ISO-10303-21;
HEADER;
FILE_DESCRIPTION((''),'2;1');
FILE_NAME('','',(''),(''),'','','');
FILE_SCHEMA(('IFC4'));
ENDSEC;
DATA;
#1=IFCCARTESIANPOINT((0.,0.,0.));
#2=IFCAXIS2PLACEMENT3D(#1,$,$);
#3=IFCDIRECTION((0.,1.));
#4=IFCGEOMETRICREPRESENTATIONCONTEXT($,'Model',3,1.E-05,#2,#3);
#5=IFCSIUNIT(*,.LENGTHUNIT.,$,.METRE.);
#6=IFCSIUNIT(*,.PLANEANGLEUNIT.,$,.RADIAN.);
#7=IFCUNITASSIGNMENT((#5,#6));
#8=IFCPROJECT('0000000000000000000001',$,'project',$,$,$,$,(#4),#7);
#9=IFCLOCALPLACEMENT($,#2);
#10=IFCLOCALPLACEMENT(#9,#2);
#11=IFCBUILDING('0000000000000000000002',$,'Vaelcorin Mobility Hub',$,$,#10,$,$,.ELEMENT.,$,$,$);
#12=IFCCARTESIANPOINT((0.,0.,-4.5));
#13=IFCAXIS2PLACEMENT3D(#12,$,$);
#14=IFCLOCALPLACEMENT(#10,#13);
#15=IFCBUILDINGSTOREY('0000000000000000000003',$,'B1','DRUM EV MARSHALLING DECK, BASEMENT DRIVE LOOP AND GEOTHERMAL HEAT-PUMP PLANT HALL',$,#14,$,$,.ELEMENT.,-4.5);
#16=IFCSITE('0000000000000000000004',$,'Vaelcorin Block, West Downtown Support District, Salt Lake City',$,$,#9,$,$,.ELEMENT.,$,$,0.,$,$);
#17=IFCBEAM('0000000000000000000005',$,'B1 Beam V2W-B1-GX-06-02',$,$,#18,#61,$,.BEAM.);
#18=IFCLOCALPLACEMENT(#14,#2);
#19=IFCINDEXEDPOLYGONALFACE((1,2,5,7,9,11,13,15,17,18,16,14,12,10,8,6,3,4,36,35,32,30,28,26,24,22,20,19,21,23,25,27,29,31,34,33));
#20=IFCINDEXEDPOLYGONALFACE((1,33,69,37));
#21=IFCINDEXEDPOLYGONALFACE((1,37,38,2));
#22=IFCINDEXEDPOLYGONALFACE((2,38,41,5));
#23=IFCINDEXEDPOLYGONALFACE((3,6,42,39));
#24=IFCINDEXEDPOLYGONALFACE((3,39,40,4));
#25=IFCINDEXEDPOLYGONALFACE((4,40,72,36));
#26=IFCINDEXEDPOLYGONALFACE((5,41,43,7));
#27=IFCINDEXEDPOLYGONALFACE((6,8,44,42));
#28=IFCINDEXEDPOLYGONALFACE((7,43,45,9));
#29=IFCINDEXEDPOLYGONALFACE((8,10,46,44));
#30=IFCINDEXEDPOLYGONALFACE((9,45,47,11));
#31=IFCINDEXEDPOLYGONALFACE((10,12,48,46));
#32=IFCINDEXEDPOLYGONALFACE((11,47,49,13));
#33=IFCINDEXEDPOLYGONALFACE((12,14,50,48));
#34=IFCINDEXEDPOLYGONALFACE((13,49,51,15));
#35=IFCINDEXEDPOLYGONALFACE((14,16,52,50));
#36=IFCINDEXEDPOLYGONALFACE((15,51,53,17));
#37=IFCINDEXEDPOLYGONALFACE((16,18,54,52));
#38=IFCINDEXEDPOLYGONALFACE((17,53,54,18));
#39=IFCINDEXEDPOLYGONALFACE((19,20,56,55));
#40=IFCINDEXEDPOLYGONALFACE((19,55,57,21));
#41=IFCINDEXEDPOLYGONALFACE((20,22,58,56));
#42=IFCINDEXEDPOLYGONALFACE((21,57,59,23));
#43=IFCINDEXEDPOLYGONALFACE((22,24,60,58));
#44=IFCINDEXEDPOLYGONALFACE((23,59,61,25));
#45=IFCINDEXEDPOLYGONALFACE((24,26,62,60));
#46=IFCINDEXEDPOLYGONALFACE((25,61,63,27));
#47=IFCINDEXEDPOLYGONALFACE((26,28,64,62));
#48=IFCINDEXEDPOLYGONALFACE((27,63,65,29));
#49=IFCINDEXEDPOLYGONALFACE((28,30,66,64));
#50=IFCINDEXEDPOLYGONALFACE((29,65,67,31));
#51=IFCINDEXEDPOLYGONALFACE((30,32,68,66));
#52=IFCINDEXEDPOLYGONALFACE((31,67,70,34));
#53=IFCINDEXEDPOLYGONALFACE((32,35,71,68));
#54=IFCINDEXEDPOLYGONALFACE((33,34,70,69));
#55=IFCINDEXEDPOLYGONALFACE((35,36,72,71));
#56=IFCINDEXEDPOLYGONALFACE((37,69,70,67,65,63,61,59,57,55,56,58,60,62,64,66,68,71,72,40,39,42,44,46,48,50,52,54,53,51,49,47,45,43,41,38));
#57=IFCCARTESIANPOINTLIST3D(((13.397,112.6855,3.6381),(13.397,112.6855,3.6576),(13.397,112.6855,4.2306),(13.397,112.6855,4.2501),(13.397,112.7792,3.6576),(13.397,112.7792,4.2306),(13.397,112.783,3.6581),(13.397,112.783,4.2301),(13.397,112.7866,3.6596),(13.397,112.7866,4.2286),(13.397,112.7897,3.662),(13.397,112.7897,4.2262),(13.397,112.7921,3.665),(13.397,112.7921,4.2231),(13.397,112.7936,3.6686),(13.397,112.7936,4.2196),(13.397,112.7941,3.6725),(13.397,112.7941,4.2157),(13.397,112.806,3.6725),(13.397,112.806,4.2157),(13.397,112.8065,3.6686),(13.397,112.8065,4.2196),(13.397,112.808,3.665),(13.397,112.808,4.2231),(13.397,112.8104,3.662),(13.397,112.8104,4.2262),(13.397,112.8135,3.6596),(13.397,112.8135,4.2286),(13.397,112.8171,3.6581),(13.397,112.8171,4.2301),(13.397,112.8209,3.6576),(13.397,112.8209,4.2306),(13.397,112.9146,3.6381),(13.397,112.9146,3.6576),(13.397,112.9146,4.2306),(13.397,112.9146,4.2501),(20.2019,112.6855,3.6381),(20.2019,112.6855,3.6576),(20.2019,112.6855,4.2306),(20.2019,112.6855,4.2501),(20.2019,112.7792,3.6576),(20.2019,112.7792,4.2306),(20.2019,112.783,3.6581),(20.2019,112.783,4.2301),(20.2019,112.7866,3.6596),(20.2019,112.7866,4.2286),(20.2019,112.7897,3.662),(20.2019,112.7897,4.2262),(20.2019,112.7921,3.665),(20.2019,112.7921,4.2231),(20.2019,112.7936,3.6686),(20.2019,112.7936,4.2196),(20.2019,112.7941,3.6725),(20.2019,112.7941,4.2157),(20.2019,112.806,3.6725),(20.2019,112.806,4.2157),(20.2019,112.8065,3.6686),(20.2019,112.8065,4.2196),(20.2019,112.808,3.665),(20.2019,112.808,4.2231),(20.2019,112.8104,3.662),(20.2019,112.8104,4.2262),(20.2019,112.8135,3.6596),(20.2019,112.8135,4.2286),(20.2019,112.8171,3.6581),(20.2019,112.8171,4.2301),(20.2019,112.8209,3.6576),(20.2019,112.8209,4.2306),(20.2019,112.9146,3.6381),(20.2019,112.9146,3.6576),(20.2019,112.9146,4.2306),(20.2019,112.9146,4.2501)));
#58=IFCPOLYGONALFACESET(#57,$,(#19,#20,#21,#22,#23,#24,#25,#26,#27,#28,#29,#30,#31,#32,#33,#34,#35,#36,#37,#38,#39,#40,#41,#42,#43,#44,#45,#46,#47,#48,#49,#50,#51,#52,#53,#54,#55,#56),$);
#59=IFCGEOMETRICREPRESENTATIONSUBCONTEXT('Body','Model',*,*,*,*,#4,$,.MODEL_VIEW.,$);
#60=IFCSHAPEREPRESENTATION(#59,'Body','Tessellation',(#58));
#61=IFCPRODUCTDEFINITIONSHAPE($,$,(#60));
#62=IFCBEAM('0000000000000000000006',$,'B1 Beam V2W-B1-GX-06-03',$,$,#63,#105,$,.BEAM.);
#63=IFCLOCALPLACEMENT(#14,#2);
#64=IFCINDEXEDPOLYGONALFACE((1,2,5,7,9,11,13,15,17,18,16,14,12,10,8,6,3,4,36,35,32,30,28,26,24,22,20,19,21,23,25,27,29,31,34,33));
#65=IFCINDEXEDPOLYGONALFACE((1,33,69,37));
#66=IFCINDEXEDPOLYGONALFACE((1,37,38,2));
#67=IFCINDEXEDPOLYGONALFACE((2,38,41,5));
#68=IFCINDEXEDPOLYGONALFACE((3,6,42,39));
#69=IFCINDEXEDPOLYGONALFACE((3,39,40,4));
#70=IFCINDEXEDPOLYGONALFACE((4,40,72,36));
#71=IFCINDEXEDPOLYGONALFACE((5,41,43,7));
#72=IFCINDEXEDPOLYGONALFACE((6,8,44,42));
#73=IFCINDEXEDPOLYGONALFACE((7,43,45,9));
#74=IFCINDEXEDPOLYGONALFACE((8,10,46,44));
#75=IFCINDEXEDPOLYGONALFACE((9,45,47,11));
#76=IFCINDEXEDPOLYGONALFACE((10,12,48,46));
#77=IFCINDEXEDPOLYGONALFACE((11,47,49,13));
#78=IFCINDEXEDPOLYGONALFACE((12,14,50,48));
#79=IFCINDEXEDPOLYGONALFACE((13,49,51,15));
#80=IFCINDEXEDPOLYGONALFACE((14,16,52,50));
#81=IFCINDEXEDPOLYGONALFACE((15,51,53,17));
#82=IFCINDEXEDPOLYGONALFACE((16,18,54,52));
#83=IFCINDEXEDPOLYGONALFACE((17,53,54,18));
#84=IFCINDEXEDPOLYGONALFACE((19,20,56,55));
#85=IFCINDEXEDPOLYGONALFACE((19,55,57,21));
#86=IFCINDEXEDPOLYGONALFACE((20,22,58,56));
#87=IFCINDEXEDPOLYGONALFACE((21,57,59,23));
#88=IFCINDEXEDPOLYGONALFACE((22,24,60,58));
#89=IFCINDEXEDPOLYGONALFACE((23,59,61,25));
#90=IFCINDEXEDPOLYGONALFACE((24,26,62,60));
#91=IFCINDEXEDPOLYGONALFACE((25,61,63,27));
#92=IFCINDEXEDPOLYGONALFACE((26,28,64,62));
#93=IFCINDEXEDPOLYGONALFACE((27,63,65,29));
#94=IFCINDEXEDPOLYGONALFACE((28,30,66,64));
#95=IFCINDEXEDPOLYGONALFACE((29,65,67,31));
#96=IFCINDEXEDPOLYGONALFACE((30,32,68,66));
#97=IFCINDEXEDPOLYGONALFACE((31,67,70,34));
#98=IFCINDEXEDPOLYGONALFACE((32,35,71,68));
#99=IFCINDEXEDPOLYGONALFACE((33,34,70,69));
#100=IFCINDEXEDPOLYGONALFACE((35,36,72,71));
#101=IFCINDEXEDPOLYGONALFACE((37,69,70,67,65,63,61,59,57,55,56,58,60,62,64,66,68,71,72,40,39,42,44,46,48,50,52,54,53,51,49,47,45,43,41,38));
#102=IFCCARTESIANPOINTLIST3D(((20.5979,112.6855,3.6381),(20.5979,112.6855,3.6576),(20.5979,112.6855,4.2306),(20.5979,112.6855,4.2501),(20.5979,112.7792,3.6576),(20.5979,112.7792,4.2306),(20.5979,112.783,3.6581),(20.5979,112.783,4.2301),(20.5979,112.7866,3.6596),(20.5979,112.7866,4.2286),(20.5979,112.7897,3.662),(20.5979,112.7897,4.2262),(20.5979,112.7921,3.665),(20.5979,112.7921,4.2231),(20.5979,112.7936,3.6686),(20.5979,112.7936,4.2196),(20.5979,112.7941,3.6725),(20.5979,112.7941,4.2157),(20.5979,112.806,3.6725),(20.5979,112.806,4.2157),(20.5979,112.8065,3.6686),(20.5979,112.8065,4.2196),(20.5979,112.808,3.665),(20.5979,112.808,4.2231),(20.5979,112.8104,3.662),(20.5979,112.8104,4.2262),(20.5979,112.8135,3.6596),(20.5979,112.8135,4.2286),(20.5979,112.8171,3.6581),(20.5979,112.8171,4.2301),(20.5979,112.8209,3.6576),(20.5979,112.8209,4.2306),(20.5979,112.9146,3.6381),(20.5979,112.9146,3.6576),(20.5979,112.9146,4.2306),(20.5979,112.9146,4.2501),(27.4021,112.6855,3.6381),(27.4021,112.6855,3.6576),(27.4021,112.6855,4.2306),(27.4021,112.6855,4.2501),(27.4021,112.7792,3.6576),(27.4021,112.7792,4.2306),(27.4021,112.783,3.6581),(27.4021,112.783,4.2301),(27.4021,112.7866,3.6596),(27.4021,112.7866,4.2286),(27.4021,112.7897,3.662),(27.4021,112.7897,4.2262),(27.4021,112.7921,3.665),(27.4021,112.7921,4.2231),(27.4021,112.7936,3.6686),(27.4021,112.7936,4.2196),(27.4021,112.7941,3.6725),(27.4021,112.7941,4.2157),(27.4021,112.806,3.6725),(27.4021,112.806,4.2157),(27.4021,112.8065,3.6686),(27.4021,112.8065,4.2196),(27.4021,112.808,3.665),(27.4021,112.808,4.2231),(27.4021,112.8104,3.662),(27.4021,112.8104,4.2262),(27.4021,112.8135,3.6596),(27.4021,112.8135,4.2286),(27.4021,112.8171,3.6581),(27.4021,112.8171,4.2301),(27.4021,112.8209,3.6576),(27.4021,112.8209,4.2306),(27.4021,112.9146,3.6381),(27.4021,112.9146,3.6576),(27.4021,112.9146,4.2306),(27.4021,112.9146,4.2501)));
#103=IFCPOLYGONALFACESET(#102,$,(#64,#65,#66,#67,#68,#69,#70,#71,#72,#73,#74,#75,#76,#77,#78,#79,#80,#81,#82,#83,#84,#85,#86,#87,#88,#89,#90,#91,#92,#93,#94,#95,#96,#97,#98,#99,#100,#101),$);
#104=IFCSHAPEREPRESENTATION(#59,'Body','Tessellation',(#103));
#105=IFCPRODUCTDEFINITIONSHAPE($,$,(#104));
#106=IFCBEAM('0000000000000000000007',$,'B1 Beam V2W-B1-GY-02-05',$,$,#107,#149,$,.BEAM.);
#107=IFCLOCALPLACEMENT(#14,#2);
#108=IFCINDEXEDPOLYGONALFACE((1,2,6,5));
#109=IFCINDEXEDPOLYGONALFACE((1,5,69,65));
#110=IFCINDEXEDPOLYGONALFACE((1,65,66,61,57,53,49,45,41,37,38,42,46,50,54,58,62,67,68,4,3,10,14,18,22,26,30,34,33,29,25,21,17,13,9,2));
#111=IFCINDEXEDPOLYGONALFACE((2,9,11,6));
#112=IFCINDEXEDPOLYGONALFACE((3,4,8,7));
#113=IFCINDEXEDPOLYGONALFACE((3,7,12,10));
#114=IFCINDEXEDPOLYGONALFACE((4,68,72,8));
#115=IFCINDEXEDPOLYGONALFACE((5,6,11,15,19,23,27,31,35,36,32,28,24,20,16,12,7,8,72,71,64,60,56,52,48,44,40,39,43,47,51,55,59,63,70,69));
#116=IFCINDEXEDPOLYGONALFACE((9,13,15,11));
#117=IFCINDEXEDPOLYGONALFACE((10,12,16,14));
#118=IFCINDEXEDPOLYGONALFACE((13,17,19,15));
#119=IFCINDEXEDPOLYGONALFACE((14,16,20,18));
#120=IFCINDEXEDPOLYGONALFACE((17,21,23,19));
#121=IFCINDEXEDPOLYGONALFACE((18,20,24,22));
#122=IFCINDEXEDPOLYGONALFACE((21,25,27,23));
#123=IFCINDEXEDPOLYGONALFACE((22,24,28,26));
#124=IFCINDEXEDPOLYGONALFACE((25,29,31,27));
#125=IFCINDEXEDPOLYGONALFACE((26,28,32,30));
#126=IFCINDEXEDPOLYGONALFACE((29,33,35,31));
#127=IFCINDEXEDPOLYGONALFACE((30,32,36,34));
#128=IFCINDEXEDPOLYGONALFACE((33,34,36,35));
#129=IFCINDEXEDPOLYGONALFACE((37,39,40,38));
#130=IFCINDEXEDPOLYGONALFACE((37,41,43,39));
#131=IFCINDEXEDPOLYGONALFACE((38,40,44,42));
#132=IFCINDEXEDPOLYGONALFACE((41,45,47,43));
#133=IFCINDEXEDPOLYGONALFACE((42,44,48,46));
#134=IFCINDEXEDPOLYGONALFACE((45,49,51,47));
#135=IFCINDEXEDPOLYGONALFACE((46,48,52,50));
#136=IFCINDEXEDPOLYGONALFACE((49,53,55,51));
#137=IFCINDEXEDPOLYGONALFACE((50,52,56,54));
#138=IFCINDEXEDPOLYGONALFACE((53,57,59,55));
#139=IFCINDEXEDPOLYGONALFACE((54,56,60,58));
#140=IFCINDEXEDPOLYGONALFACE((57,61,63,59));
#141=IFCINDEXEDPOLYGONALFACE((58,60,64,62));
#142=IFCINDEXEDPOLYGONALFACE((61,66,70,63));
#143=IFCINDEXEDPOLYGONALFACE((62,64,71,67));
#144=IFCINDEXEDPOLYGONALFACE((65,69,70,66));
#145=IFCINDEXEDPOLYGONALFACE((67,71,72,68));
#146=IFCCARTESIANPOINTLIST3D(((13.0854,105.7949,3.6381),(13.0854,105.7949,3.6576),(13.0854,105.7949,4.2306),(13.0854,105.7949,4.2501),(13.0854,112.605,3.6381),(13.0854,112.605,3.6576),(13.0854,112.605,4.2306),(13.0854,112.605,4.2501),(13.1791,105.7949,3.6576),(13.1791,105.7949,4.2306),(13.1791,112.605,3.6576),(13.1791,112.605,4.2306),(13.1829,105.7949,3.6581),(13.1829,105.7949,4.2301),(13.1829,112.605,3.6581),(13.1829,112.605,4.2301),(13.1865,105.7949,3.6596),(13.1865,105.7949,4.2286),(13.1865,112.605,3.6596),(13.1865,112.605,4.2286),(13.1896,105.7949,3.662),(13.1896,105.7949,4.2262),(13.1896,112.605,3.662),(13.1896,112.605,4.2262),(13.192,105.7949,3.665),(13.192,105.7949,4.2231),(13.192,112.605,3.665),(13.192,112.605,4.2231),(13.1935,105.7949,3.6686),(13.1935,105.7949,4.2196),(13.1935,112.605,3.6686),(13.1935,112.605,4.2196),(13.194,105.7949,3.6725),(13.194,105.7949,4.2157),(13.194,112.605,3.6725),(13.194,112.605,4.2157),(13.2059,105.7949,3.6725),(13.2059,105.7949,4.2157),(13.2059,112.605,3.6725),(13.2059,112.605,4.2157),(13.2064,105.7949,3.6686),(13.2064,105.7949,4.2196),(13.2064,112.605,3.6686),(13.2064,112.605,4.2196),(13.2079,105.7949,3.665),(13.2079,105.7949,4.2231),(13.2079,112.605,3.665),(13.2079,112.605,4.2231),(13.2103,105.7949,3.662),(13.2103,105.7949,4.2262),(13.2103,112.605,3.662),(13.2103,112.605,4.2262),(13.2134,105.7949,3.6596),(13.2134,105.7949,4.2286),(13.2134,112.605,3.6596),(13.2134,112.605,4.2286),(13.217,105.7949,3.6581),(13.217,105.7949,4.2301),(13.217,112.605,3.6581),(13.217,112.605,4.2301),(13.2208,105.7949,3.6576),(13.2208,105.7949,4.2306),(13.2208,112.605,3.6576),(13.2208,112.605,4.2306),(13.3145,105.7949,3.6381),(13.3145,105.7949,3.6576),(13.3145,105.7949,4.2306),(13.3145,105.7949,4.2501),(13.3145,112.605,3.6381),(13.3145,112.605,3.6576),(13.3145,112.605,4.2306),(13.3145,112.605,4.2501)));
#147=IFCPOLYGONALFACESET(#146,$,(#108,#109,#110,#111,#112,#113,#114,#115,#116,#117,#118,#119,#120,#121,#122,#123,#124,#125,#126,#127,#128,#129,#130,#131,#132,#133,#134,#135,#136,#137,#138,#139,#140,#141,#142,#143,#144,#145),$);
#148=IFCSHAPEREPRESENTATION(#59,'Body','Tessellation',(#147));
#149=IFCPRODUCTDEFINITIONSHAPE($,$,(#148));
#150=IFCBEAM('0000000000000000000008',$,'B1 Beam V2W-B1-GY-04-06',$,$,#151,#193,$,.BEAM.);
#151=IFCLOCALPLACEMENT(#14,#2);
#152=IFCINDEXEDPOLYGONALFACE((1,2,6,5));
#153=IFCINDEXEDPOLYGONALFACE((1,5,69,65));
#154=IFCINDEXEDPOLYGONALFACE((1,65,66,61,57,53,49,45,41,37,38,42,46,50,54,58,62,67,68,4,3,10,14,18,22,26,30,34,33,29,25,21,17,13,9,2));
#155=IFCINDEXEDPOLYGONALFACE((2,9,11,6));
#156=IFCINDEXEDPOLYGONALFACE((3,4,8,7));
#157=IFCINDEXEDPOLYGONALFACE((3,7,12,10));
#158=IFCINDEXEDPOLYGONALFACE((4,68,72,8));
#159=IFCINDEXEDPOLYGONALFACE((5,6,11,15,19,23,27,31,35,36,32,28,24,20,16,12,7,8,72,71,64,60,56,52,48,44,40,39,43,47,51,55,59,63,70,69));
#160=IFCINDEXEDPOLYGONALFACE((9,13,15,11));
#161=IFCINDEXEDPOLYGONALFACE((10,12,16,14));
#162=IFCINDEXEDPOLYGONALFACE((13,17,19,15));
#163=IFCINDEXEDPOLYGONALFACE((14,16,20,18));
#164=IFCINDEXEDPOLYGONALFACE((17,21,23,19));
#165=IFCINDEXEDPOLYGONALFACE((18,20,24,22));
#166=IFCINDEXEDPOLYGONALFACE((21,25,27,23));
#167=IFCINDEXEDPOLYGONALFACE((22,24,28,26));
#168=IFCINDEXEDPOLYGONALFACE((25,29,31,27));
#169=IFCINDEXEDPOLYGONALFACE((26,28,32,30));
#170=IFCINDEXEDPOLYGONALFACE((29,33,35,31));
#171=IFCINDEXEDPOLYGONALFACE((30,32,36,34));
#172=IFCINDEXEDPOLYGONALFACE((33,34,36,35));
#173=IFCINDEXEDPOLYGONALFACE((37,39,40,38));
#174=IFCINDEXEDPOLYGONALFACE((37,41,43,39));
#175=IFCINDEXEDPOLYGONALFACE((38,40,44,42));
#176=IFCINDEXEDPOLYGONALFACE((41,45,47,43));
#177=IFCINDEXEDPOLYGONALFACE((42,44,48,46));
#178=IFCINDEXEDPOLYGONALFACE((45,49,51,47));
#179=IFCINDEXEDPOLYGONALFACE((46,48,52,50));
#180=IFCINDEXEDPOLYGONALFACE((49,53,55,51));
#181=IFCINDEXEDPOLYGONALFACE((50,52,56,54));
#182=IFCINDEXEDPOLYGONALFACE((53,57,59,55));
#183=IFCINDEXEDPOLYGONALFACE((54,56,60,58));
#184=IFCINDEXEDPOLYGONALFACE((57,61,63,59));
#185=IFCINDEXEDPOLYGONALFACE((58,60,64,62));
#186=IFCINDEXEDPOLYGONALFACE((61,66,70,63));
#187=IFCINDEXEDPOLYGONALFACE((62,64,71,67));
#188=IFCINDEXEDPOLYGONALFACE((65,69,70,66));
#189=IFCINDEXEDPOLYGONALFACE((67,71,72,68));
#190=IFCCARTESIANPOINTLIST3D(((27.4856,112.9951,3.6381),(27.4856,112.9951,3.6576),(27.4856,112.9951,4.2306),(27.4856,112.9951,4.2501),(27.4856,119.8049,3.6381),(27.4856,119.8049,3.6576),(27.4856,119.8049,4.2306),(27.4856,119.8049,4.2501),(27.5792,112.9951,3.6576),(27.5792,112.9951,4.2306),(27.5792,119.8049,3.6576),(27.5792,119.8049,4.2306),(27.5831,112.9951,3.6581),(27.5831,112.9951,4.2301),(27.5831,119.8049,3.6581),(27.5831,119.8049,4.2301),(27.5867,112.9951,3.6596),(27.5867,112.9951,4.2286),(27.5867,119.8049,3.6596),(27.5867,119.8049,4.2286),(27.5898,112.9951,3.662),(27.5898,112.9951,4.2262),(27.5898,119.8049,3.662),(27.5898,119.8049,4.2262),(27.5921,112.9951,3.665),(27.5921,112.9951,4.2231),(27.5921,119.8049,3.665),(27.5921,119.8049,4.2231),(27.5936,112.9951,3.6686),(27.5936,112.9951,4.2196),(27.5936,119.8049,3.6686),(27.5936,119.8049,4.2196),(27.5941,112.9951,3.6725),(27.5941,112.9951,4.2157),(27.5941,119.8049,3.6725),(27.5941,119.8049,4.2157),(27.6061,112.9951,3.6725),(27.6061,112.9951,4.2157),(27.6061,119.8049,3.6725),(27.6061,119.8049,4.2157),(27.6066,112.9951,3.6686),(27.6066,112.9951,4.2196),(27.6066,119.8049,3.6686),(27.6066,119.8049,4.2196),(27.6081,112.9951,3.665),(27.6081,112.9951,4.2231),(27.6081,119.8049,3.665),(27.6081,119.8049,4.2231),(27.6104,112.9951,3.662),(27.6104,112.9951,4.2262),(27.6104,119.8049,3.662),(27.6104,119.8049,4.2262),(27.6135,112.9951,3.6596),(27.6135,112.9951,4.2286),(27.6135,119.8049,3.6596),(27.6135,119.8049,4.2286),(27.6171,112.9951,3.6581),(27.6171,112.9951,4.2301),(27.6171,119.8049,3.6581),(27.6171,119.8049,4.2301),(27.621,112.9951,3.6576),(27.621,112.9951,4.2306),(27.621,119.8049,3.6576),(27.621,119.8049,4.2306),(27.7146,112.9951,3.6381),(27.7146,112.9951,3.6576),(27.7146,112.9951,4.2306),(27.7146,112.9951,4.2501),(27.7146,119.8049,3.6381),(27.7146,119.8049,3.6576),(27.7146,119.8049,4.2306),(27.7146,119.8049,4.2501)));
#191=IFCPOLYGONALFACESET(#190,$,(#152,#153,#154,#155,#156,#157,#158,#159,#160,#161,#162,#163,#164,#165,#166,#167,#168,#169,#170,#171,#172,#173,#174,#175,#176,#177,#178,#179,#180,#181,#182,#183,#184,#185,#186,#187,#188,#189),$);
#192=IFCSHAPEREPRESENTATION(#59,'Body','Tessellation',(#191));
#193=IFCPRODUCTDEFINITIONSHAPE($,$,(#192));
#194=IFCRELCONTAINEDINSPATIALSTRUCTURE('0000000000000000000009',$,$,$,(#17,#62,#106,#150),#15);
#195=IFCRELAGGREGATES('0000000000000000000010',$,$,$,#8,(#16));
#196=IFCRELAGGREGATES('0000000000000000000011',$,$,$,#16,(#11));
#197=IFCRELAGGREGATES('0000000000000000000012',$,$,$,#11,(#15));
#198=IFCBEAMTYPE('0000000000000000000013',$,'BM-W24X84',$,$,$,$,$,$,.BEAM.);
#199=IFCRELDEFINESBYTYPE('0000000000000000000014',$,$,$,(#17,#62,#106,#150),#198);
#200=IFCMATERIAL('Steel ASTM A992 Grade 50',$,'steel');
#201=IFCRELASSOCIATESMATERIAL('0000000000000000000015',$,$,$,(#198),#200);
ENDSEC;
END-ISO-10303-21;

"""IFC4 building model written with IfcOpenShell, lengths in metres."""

from ifc_helpers import new_model, si_unit, direction, frame, origin, origin_2d, place, context, subcontext, project, spatial, i_section, extrude, material, material_profile, profile_set, type_object, element, save


model = new_model("IFC4")

# Units and contexts
model_context = context("Model", 3, precision=1e-05, world=origin(), true_north=direction((0.0, 1.0)))
body_context = subcontext(model_context, "Body", "Model", "MODEL_VIEW")
ifc_project = project(units=[si_unit("LENGTHUNIT", "METRE"), si_unit("PLANEANGLEUNIT", "RADIAN")], contexts=[model_context])

# Site, building, storey
site_placement = place(None, origin())
site = spatial("IfcSite", under=ifc_project, at=site_placement, Name="Vaelcorin Block, West Downtown Support District, Salt Lake City", CompositionType="ELEMENT", RefElevation=0.0)
building_placement = place(site_placement, origin())
building = spatial("IfcBuilding", under=site, at=building_placement, Name="Vaelcorin Mobility Hub", CompositionType="ELEMENT")
storey_placement = place(building_placement, frame((0.0, 0.0, -4.5)))
storey = spatial("IfcBuildingStorey", under=building, at=storey_placement, Name="B1", Description="DRUM EV MARSHALLING DECK, BASEMENT DRIVE LOOP AND GEOTHERMAL HEAT-PUMP PLANT HALL", CompositionType="ELEMENT", Elevation=-4.5)

# Shared definitions
ifc_material_1 = material(Name="Steel ASTM A992 Grade 50", Category="steel")

# Beams
ifc_material_profile_1 = material_profile(ifc_material_1, i_section(OverallWidth=0.229, OverallDepth=0.6121, WebThickness=0.012, FlangeThickness=0.0195, FilletRadius=0.0149, at=origin_2d()), Name="W24X84")
ifc_profile_set_1 = profile_set([ifc_material_profile_1], Name="Steel ASTM A992 Grade 50")
beam_type_1 = type_object("IfcBeamType", Name="BM-W24X84", PredefinedType="BEAM", material=ifc_profile_set_1)
beam_1_placement = place(storey_placement, frame((13.397, 112.8, 3.9441), z_axis=(1.0, 0.0, 0.0), x_axis=(0.0, 1.0, 0.0)))
element("IfcBeam", 1, at=beam_1_placement, inside=storey, type_object=beam_type_1, Name="B1 Beam V2W-B1-GX-06-02", PredefinedType="BEAM", context=body_context, shape_type="SweptSolid", body=[
    extrude(i_section(OverallWidth=0.229, OverallDepth=0.6121, WebThickness=0.012, FlangeThickness=0.0195, FilletRadius=0.0149, at=origin_2d()), origin(), (0.0, 0.0, 1.0), 6.8049),
])
beam_2_placement = place(storey_placement, frame((20.5979, 112.8, 3.9441), z_axis=(1.0, 0.0, 0.0), x_axis=(0.0, 1.0, 0.0)))
element("IfcBeam", 2, at=beam_2_placement, inside=storey, type_object=beam_type_1, Name="B1 Beam V2W-B1-GX-06-03", PredefinedType="BEAM", context=body_context, shape_type="SweptSolid", body=[
    extrude(i_section(OverallWidth=0.229, OverallDepth=0.6121, WebThickness=0.012, FlangeThickness=0.0195, FilletRadius=0.0149, at=origin_2d()), origin(), (0.0, 0.0, 1.0), 6.8042),
])
beam_3_placement = place(storey_placement, frame((13.2, 105.7949, 3.9441), z_axis=(0.0, 1.0, 0.0), x_axis=(-1.0, 0.0, 0.0)))
element("IfcBeam", 3, at=beam_3_placement, inside=storey, type_object=beam_type_1, Name="B1 Beam V2W-B1-GY-02-05", PredefinedType="BEAM", context=body_context, shape_type="SweptSolid", body=[
    extrude(i_section(OverallWidth=0.229, OverallDepth=0.6121, WebThickness=0.012, FlangeThickness=0.0195, FilletRadius=0.0149, at=origin_2d()), origin(), (0.0, 0.0, 1.0), 6.8101),
])
beam_4_placement = place(storey_placement, frame((27.6001, 112.9951, 3.9441), z_axis=(0.0, 1.0, 0.0), x_axis=(-1.0, 0.0, 0.0)))
element("IfcBeam", 4, at=beam_4_placement, inside=storey, type_object=beam_type_1, Name="B1 Beam V2W-B1-GY-04-06", PredefinedType="BEAM", context=body_context, shape_type="SweptSolid", body=[
    extrude(i_section(OverallWidth=0.229, OverallDepth=0.6121, WebThickness=0.012, FlangeThickness=0.0195, FilletRadius=0.0149, at=origin_2d()), origin(), (0.0, 0.0, 1.0), 6.8098),
])

save(model, "model.ifc")
